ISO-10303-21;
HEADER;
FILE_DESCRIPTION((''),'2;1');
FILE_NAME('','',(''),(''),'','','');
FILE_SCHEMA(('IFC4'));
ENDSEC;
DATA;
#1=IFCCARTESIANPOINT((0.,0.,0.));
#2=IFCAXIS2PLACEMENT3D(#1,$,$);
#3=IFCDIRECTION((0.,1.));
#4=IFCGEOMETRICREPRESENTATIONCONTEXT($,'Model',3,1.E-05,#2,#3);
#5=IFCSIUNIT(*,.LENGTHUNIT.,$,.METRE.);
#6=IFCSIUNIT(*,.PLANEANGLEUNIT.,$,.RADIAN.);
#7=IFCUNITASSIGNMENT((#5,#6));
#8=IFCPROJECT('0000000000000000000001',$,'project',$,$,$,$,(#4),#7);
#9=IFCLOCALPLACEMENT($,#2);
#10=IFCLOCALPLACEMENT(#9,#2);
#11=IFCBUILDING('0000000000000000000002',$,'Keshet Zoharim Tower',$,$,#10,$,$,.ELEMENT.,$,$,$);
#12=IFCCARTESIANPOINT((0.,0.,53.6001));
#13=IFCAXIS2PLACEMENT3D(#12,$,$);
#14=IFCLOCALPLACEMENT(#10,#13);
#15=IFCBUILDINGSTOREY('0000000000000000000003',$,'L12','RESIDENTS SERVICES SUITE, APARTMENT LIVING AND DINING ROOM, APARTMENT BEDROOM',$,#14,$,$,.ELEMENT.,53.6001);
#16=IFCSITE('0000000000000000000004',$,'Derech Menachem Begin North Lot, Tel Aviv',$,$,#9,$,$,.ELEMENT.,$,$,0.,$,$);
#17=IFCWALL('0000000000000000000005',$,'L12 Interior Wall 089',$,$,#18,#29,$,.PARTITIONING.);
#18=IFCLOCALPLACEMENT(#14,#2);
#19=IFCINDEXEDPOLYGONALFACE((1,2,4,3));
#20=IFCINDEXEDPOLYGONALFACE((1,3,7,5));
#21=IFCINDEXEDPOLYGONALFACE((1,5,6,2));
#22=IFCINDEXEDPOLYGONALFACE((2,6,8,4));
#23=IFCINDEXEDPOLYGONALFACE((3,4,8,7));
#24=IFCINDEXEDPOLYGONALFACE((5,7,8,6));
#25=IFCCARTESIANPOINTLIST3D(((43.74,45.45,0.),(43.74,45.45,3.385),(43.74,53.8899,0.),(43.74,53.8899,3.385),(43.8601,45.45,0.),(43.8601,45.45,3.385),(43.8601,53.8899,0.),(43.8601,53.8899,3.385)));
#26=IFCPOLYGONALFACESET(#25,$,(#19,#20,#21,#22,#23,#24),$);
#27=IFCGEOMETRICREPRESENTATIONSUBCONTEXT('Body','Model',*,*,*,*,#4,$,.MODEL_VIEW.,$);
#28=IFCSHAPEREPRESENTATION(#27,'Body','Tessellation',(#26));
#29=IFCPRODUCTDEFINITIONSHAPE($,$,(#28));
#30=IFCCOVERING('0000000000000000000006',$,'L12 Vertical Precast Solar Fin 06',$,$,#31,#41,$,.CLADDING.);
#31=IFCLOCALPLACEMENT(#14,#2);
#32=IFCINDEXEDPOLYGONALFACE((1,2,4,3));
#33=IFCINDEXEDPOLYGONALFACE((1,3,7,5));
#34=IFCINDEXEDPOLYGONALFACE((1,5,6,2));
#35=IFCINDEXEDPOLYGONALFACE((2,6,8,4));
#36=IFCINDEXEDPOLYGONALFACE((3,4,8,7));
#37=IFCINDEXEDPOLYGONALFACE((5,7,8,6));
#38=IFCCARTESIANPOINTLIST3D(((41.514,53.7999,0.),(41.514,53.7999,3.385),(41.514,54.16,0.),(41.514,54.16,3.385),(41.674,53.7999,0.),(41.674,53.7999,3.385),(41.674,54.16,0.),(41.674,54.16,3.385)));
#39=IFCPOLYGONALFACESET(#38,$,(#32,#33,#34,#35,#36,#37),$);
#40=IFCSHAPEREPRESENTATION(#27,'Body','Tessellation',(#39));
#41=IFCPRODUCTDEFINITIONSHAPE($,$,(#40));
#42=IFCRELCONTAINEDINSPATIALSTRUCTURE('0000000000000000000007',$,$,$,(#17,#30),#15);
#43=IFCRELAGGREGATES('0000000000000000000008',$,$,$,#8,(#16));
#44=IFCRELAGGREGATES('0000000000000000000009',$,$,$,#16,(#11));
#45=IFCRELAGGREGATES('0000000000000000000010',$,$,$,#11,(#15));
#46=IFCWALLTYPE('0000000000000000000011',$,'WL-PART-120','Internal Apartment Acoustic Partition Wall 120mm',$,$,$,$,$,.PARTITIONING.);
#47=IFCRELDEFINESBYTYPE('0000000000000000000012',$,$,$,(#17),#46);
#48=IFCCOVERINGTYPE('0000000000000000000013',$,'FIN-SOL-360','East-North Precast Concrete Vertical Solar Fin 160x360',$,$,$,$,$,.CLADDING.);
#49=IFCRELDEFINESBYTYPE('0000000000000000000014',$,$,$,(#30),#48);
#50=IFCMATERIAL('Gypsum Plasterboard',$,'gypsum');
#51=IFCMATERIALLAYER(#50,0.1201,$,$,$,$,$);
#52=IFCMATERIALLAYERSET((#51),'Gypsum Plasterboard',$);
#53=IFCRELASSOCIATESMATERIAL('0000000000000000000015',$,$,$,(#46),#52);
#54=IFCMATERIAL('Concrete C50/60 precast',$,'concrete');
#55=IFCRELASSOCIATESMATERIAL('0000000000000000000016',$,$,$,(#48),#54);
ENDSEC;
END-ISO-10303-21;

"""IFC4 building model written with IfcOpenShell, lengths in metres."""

from ifc_helpers import new_model, si_unit, direction, frame, frame_2d, origin, origin_2d, place, context, subcontext, project, spatial, rectangle, extrude, material, layer, layer_set, type_object, element, save


model = new_model("IFC4")

# Units and contexts
model_context = context("Model", 3, precision=1e-05, world=origin(), true_north=direction((0.0, 1.0)))
body_context = subcontext(model_context, "Body", "Model", "MODEL_VIEW")
ifc_project = project(units=[si_unit("LENGTHUNIT", "METRE"), si_unit("PLANEANGLEUNIT", "RADIAN")], contexts=[model_context])

# Site, building, storey
site_placement = place(None, origin())
site = spatial("IfcSite", under=ifc_project, at=site_placement, Name="Derech Menachem Begin North Lot, Tel Aviv", CompositionType="ELEMENT", RefElevation=0.0)
building_placement = place(site_placement, origin())
building = spatial("IfcBuilding", under=site, at=building_placement, Name="Keshet Zoharim Tower", CompositionType="ELEMENT")
storey_placement = place(building_placement, frame((0.0, 0.0, 53.6001)))
storey = spatial("IfcBuildingStorey", under=building, at=storey_placement, Name="L12", Description="RESIDENTS SERVICES SUITE, APARTMENT LIVING AND DINING ROOM, APARTMENT BEDROOM", CompositionType="ELEMENT", Elevation=53.6001)

# Wall
ifc_material_1 = material(Name="Gypsum Plasterboard", Category="gypsum")
ifc_layer_1 = layer(ifc_material_1, 0.1201)
ifc_layer_set_1 = layer_set([ifc_layer_1], Name="Gypsum Plasterboard")
wall_type = type_object("IfcWallType", Name="WL-PART-120", Description="Internal Apartment Acoustic Partition Wall 120mm", PredefinedType="PARTITIONING", material=ifc_layer_set_1)
for number, where, z_axis, x_axis, name in (
    (1, (43.8, 45.45, 0.0), (0.0, 0.0, 1.0), (0.0, 1.0, 0.0), "L12 Interior Wall 089"),
):
    element("IfcWall", number, at=place(storey_placement, frame(where, z_axis=z_axis, x_axis=x_axis)), inside=storey, type_object=wall_type, Name=name, PredefinedType="PARTITIONING", context=body_context, shape_type="SweptSolid", body=[
        extrude(rectangle(XDim=8.4399, YDim=0.1201, at=frame_2d((4.22, 0.0))), origin(), (0.0, 0.0, 1.0), 3.385),
    ])

# Covering
ifc_material_2 = material(Name="Concrete C50/60 precast", Category="concrete")
covering_type = type_object("IfcCoveringType", Name="FIN-SOL-360", Description="East-North Precast Concrete Vertical Solar Fin 160x360", PredefinedType="CLADDING", material=ifc_material_2)
covering_placement = place(storey_placement, frame((41.594, 53.98, 0.0), z_axis=(0.0, 0.0, 1.0), x_axis=(1.0, 0.0, 0.0)))
element("IfcCovering", 2, at=covering_placement, inside=storey, type_object=covering_type, Name="L12 Vertical Precast Solar Fin 06", PredefinedType="CLADDING", context=body_context, shape_type="SweptSolid", body=[
    extrude(rectangle(XDim=0.1599, YDim=0.3601, at=origin_2d()), origin(), (0.0, 0.0, 1.0), 3.385),
])

save(model, "model.ifc")
